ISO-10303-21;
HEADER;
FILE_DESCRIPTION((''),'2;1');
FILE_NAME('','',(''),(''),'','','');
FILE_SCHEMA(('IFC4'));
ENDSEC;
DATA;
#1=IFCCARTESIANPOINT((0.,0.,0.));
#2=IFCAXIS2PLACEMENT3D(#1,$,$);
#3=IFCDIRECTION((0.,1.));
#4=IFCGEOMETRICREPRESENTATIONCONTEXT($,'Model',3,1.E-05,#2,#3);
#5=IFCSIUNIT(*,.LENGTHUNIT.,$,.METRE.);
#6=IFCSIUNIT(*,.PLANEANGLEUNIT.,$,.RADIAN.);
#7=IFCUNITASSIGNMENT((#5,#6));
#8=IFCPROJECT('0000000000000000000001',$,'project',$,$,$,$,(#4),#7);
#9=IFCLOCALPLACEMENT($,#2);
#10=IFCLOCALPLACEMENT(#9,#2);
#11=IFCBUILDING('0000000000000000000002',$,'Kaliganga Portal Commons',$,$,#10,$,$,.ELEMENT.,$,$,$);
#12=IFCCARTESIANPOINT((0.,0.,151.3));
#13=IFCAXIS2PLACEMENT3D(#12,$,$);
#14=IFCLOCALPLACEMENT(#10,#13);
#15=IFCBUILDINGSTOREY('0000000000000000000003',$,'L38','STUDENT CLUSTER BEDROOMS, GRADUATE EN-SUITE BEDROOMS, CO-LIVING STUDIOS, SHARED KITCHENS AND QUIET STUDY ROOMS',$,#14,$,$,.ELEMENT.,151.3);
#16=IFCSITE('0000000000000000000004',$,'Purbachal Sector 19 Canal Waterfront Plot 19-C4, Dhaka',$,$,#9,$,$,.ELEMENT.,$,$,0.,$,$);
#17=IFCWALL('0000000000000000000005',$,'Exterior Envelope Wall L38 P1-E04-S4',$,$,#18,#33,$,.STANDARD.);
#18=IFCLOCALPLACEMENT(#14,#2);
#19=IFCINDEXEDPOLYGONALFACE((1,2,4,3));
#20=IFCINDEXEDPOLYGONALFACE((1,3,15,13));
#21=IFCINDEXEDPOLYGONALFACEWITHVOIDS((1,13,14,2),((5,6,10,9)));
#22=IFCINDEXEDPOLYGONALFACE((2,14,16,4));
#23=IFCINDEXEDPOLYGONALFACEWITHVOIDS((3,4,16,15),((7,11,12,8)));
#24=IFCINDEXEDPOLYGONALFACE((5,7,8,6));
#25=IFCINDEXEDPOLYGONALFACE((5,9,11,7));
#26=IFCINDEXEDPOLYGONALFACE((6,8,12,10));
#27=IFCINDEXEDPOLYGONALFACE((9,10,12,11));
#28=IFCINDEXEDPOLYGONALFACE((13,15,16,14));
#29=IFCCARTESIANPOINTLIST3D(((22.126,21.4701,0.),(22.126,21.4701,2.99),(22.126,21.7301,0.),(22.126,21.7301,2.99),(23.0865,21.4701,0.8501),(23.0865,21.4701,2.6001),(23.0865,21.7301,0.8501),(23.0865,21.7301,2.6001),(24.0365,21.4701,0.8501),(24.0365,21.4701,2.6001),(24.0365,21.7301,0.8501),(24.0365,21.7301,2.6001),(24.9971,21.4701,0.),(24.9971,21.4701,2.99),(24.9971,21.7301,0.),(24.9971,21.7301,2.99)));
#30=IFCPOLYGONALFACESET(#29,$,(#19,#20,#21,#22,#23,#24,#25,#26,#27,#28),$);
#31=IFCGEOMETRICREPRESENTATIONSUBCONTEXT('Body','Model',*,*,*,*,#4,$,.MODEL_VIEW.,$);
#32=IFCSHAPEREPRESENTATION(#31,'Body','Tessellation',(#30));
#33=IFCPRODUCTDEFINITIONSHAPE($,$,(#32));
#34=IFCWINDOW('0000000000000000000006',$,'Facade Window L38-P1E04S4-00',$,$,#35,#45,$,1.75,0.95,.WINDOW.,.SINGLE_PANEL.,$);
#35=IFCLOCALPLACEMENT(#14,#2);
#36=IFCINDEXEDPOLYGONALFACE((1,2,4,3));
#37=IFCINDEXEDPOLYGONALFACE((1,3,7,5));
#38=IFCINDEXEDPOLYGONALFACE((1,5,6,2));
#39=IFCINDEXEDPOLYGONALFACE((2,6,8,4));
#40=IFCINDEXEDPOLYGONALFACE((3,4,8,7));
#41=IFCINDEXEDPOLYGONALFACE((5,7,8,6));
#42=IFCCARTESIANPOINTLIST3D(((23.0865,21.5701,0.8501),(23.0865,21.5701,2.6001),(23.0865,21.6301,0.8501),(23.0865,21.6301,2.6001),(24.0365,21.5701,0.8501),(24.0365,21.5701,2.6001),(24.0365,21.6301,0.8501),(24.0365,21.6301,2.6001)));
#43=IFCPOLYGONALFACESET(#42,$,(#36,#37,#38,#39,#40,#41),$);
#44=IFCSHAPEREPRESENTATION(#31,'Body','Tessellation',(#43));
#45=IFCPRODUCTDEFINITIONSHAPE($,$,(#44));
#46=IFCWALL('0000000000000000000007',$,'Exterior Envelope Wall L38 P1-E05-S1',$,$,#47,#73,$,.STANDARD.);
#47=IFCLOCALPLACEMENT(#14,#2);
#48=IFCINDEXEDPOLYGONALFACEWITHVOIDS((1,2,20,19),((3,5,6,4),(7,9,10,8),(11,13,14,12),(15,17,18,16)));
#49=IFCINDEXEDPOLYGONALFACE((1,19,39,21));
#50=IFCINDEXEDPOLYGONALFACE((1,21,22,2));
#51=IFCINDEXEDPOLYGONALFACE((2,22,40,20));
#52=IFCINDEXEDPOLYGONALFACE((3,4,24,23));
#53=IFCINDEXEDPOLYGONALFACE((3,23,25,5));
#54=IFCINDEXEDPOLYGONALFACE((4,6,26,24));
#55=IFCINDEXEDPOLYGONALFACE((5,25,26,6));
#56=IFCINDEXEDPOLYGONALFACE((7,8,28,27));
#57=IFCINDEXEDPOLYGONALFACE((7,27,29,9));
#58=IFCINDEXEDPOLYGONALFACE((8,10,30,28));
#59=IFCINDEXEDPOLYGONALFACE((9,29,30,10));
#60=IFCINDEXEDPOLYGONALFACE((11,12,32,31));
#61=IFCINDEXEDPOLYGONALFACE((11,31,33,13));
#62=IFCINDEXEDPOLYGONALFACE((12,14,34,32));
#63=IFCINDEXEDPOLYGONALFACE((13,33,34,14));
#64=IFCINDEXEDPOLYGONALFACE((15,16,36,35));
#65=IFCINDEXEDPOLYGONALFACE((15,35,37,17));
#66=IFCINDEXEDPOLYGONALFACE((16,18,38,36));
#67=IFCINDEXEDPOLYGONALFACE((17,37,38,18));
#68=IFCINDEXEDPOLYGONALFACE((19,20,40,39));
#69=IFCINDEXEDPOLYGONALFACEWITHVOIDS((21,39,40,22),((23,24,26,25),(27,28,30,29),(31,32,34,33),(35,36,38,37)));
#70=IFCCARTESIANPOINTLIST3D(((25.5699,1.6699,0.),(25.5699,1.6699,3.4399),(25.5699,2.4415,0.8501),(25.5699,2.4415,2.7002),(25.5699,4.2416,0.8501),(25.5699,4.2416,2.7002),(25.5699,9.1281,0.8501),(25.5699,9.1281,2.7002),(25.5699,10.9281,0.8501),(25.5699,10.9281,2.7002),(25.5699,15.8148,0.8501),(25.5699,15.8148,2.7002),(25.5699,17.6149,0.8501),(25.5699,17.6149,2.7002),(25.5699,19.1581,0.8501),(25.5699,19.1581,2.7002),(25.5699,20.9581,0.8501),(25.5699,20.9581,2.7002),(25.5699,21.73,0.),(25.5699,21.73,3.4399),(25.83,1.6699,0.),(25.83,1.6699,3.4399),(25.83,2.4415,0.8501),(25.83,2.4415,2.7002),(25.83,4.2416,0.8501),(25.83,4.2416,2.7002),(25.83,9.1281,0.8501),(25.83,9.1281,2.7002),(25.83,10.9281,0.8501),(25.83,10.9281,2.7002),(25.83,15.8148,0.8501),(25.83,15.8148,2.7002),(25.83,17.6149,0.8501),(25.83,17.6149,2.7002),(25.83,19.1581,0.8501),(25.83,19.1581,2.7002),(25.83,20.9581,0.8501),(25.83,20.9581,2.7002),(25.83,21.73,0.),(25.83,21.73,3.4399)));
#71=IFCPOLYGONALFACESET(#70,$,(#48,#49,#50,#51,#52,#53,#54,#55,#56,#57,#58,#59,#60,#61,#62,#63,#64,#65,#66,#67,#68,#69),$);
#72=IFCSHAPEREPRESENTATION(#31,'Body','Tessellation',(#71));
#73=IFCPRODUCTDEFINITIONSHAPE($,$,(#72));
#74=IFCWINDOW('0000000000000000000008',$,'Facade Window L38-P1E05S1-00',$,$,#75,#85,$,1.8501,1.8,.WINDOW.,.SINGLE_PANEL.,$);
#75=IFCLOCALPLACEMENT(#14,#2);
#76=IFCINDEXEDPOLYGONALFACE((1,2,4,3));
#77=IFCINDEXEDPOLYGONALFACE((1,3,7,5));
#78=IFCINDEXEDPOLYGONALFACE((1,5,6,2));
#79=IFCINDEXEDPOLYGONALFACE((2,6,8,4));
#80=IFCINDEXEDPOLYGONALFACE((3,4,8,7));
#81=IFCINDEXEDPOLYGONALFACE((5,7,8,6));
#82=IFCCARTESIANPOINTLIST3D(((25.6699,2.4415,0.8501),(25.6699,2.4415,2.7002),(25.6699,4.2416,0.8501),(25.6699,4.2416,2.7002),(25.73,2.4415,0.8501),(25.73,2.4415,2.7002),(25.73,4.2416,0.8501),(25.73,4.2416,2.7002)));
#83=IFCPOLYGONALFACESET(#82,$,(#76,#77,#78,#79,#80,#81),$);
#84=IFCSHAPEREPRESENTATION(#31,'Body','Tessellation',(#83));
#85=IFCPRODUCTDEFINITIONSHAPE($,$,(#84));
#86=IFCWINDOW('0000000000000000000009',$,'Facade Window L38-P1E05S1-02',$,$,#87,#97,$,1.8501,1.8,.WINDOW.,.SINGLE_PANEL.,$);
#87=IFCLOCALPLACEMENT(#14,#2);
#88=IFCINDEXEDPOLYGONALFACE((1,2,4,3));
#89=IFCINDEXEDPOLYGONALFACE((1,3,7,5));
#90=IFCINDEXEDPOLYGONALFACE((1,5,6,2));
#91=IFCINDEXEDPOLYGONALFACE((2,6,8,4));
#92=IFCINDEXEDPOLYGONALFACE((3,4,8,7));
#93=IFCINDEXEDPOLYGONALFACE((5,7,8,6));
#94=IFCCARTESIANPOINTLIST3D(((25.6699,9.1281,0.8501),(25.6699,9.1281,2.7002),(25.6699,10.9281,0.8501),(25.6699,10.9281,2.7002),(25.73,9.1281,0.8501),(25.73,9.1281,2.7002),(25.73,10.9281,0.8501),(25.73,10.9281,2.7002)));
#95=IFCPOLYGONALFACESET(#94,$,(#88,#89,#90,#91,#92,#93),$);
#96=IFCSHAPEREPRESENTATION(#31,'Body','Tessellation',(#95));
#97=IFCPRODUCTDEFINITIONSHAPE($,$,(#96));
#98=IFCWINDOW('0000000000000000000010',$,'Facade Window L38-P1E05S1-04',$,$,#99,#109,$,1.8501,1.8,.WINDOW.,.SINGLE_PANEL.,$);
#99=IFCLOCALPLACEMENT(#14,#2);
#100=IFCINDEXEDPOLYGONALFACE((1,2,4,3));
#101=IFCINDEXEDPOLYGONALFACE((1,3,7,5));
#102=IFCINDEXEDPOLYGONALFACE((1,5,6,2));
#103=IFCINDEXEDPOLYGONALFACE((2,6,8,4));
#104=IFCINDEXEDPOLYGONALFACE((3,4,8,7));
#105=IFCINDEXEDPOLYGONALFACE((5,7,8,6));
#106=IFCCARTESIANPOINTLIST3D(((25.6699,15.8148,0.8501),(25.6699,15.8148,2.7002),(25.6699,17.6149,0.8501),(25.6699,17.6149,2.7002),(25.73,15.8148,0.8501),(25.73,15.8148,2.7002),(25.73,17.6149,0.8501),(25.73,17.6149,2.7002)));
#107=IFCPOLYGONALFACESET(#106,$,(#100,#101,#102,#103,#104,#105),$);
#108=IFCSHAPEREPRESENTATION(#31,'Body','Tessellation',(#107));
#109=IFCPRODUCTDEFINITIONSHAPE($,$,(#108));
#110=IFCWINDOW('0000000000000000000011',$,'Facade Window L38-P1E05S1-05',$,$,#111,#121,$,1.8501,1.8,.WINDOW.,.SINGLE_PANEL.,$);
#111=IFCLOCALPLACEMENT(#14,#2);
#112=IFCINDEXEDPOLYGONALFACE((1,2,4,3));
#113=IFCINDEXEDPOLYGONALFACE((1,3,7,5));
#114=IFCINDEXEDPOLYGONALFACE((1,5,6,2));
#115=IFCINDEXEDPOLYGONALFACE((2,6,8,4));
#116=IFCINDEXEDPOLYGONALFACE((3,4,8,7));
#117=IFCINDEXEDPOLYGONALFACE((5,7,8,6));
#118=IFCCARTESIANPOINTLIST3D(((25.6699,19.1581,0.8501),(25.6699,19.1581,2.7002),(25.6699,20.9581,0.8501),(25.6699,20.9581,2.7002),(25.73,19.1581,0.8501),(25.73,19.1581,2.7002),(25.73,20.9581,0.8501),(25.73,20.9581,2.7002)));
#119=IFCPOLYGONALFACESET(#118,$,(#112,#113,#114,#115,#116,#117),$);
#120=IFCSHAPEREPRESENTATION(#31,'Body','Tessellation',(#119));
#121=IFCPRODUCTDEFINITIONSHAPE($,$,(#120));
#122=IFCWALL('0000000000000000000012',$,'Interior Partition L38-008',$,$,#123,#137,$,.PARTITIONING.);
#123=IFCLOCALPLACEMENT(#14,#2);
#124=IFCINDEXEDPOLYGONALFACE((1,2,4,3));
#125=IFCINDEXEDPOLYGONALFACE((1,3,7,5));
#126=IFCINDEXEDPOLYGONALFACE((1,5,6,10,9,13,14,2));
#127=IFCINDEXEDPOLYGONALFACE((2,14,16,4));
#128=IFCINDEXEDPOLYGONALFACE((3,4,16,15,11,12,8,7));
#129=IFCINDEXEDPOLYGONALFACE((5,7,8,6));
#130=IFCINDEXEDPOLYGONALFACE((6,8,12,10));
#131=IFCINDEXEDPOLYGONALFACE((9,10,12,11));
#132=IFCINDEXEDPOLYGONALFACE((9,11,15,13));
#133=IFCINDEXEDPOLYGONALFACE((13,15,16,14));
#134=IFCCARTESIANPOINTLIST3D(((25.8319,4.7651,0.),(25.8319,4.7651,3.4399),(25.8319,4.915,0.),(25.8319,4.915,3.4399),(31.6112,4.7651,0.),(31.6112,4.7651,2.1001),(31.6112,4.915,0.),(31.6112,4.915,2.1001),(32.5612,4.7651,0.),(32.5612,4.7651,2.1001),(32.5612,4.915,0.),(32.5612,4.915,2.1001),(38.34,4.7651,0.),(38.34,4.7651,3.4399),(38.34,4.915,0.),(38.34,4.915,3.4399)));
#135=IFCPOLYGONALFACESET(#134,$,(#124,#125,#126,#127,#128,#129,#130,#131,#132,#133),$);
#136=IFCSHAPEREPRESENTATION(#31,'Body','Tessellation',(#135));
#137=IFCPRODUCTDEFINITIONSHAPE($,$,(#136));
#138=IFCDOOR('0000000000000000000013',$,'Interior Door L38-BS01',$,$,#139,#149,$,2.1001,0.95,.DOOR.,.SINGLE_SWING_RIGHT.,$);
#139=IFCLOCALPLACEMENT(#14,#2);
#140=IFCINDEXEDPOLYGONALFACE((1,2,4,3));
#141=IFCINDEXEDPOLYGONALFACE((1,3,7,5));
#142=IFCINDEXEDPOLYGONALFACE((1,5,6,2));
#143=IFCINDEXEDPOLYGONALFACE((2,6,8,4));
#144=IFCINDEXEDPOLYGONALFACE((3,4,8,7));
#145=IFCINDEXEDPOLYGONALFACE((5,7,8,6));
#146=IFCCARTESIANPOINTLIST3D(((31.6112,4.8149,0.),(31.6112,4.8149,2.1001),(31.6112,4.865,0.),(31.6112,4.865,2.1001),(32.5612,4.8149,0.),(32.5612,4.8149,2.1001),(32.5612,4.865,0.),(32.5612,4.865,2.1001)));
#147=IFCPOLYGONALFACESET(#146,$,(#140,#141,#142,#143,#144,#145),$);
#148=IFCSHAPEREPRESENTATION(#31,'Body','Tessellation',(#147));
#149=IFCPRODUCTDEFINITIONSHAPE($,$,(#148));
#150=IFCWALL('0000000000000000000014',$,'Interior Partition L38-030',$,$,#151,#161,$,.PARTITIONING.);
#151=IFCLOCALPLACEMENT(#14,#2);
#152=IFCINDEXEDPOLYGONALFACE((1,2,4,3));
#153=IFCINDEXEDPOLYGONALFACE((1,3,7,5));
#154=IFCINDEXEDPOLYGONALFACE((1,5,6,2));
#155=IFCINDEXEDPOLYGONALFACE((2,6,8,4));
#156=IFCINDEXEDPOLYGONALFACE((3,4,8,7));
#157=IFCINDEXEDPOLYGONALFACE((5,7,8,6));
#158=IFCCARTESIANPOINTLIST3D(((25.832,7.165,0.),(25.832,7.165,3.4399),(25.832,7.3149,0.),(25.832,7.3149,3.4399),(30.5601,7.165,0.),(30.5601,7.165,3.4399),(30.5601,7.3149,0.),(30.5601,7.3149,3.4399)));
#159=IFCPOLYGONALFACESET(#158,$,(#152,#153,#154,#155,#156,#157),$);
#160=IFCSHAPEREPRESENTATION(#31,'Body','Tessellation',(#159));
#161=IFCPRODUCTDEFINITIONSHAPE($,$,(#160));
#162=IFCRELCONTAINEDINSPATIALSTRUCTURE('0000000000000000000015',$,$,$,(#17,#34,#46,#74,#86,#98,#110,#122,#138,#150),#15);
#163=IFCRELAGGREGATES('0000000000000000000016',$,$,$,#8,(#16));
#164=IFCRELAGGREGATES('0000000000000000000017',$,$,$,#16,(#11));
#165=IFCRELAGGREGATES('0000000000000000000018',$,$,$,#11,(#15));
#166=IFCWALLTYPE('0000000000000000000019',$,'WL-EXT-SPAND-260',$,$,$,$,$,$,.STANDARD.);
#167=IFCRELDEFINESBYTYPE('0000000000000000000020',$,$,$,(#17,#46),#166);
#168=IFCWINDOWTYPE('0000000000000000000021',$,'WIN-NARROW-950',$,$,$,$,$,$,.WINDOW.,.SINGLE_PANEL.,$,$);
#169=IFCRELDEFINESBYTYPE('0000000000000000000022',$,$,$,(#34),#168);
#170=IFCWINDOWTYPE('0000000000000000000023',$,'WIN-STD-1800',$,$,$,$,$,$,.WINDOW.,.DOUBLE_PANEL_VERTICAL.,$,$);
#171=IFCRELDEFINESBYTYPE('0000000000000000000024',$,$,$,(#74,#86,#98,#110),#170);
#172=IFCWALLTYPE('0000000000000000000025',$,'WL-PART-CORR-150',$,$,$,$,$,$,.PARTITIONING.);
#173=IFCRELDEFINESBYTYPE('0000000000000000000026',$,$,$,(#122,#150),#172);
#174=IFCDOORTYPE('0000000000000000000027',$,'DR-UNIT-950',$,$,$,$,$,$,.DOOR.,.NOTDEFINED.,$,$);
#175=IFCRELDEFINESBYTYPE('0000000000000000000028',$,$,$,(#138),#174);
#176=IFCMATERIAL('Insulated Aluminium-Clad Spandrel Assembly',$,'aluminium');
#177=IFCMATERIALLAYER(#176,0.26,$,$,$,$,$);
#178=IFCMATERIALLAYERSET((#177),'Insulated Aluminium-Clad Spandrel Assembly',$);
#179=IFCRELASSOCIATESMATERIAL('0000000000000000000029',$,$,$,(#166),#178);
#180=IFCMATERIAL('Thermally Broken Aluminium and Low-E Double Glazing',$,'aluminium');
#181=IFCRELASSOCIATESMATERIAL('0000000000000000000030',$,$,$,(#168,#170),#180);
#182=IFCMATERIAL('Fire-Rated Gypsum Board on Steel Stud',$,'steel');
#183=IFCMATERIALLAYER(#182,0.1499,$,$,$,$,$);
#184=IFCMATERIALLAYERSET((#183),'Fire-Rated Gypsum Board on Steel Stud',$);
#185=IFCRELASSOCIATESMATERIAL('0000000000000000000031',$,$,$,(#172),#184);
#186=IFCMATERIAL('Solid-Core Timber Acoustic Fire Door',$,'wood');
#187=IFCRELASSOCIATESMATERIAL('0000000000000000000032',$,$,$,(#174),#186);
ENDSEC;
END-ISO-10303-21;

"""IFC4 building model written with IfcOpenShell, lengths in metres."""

from ifc_helpers import new_model, si_unit, direction, frame, frame_2d, origin, place, context, subcontext, project, spatial, rectangle, extrude, material, layer, layer_set, type_object, element, fill, save


model = new_model("IFC4")

# Units and contexts
model_context = context("Model", 3, precision=1e-05, world=origin(), true_north=direction((0.0, 1.0)))
body_context = subcontext(model_context, "Body", "Model", "MODEL_VIEW")
ifc_project = project(units=[si_unit("LENGTHUNIT", "METRE"), si_unit("PLANEANGLEUNIT", "RADIAN")], contexts=[model_context])

# Site, building, storey
site_placement = place(None, origin())
site = spatial("IfcSite", under=ifc_project, at=site_placement, Name="Purbachal Sector 19 Canal Waterfront Plot 19-C4, Dhaka", CompositionType="ELEMENT", RefElevation=0.0)
building_placement = place(site_placement, origin())
building = spatial("IfcBuilding", under=site, at=building_placement, Name="Kaliganga Portal Commons", CompositionType="ELEMENT")
storey_placement = place(building_placement, frame((0.0, 0.0, 151.3)))
storey = spatial("IfcBuildingStorey", under=building, at=storey_placement, Name="L38", Description="STUDENT CLUSTER BEDROOMS, GRADUATE EN-SUITE BEDROOMS, CO-LIVING STUDIOS, SHARED KITCHENS AND QUIET STUDY ROOMS", CompositionType="ELEMENT", Elevation=151.3)

# Wall, opening, window
ifc_material_1 = material(Name="Insulated Aluminium-Clad Spandrel Assembly", Category="aluminium")
ifc_layer_1 = layer(ifc_material_1, 0.26)
ifc_layer_set_1 = layer_set([ifc_layer_1], Name="Insulated Aluminium-Clad Spandrel Assembly")
wall_type_1 = type_object("IfcWallType", Name="WL-EXT-SPAND-260", PredefinedType="STANDARD", material=ifc_layer_set_1)
ifc_material_2 = material(Name="Thermally Broken Aluminium and Low-E Double Glazing", Category="aluminium")
window_type_1 = type_object("IfcWindowType", Name="WIN-NARROW-950", PartitioningType="SINGLE_PANEL", PredefinedType="WINDOW", material=ifc_material_2)
wall_1_placement = place(storey_placement, frame((24.9971, 21.6001, 0.0), z_axis=(0.0, 0.0, 1.0), x_axis=(-1.0, 0.0, 0.0)))
wall_1 = element("IfcWall", 1, at=wall_1_placement, inside=storey, type_object=wall_type_1, Name="Exterior Envelope Wall L38 P1-E04-S4", PredefinedType="STANDARD", context=body_context, shape_type="SweptSolid", body=[
    extrude(rectangle(XDim=2.8711, YDim=0.26, at=frame_2d((1.4355, 0.0))), origin(), (0.0, 0.0, 1.0), 2.99),
])
opening_1_placement = place(wall_1_placement, frame((0.9604, 0.0, 0.8501)))
opening_1 = element("IfcOpeningElement", 2, at=opening_1_placement, cuts=wall_1, PredefinedType="OPENING", context=body_context, shape_type="SweptSolid", body=[
    extrude(rectangle(XDim=0.95, YDim=1.75, at=frame_2d((0.4751, 0.875))), frame((0.0, 0.1401, 0.0), z_axis=(0.0, -1.0, 0.0), x_axis=(1.0, 0.0, 0.0)), (0.0, 0.0, 1.0), 0.28),
])
window_1_placement = place(opening_1_placement, origin())
window_1 = element("IfcWindow", 3, at=window_1_placement, inside=storey, type_object=window_type_1, Name="Facade Window L38-P1E04S4-00", OverallHeight=1.75, OverallWidth=0.95, PartitioningType="SINGLE_PANEL", PredefinedType="WINDOW", context=body_context, shape_type="SweptSolid", body=[
    extrude(rectangle(XDim=0.95, YDim=1.75, at=frame_2d((0.4751, 0.875))), frame((0.0, 0.03, 0.0), z_axis=(0.0, -1.0, 0.0), x_axis=(1.0, 0.0, 0.0)), (0.0, 0.0, 1.0), 0.0601),
])
fill(opening_1, window_1)

# Wall, openings, windows
wall_2_placement = place(storey_placement, frame((25.7, 1.6699, 0.0), z_axis=(0.0, 0.0, 1.0), x_axis=(0.0, 1.0, 0.0)))
wall_2 = element("IfcWall", 4, at=wall_2_placement, inside=storey, type_object=wall_type_1, Name="Exterior Envelope Wall L38 P1-E05-S1", PredefinedType="STANDARD", context=body_context, shape_type="SweptSolid", body=[
    extrude(rectangle(XDim=20.0601, YDim=0.26, at=frame_2d((10.03, 0.0))), origin(), (0.0, 0.0, 1.0), 3.4399),
])
opening_2_placement = place(wall_2_placement, frame((0.7717, 0.0, 0.8501)))
opening_2 = element("IfcOpeningElement", 5, at=opening_2_placement, cuts=wall_2, PredefinedType="OPENING", context=body_context, shape_type="SweptSolid", body=[
    extrude(rectangle(XDim=1.8, YDim=1.8501, at=frame_2d((0.8999, 0.925))), frame((0.0, 0.1401, 0.0), z_axis=(0.0, -1.0, 0.0), x_axis=(1.0, 0.0, 0.0)), (0.0, 0.0, 1.0), 0.28),
])
opening_3_placement = place(wall_2_placement, frame((7.4583, 0.0, 0.8501)))
opening_3 = element("IfcOpeningElement", 6, at=opening_3_placement, cuts=wall_2, PredefinedType="OPENING", context=body_context, shape_type="SweptSolid", body=[
    extrude(rectangle(XDim=1.8, YDim=1.8501, at=frame_2d((0.8999, 0.925))), frame((0.0, 0.1401, 0.0), z_axis=(0.0, -1.0, 0.0), x_axis=(1.0, 0.0, 0.0)), (0.0, 0.0, 1.0), 0.28),
])
opening_4_placement = place(wall_2_placement, frame((14.145, 0.0, 0.8501)))
opening_4 = element("IfcOpeningElement", 7, at=opening_4_placement, cuts=wall_2, PredefinedType="OPENING", context=body_context, shape_type="SweptSolid", body=[
    extrude(rectangle(XDim=1.8, YDim=1.8501, at=frame_2d((0.8999, 0.925))), frame((0.0, 0.1401, 0.0), z_axis=(0.0, -1.0, 0.0), x_axis=(1.0, 0.0, 0.0)), (0.0, 0.0, 1.0), 0.28),
])
opening_5_placement = place(wall_2_placement, frame((17.4883, 0.0, 0.8501)))
opening_5 = element("IfcOpeningElement", 8, at=opening_5_placement, cuts=wall_2, PredefinedType="OPENING", context=body_context, shape_type="SweptSolid", body=[
    extrude(rectangle(XDim=1.8, YDim=1.8501, at=frame_2d((0.8999, 0.925))), frame((0.0, 0.1401, 0.0), z_axis=(0.0, -1.0, 0.0), x_axis=(1.0, 0.0, 0.0)), (0.0, 0.0, 1.0), 0.28),
])
window_type_2 = type_object("IfcWindowType", Name="WIN-STD-1800", PartitioningType="DOUBLE_PANEL_VERTICAL", PredefinedType="WINDOW", material=ifc_material_2)
window_2_placement = place(opening_2_placement, origin())
window_2 = element("IfcWindow", 9, at=window_2_placement, inside=storey, type_object=window_type_2, Name="Facade Window L38-P1E05S1-00", OverallHeight=1.8501, OverallWidth=1.8, PartitioningType="SINGLE_PANEL", PredefinedType="WINDOW", context=body_context, shape_type="SweptSolid", body=[
    extrude(rectangle(XDim=1.8, YDim=1.8501, at=frame_2d((0.8999, 0.925))), frame((0.0, 0.03, 0.0), z_axis=(0.0, -1.0, 0.0), x_axis=(1.0, 0.0, 0.0)), (0.0, 0.0, 1.0), 0.0601),
])
fill(opening_2, window_2)
window_3_placement = place(opening_3_placement, origin())
window_3 = element("IfcWindow", 10, at=window_3_placement, inside=storey, type_object=window_type_2, Name="Facade Window L38-P1E05S1-02", OverallHeight=1.8501, OverallWidth=1.8, PartitioningType="SINGLE_PANEL", PredefinedType="WINDOW", context=body_context, shape_type="SweptSolid", body=[
    extrude(rectangle(XDim=1.8, YDim=1.8501, at=frame_2d((0.8999, 0.925))), frame((0.0, 0.03, 0.0), z_axis=(0.0, -1.0, 0.0), x_axis=(1.0, 0.0, 0.0)), (0.0, 0.0, 1.0), 0.0601),
])
fill(opening_3, window_3)
window_4_placement = place(opening_4_placement, origin())
window_4 = element("IfcWindow", 11, at=window_4_placement, inside=storey, type_object=window_type_2, Name="Facade Window L38-P1E05S1-04", OverallHeight=1.8501, OverallWidth=1.8, PartitioningType="SINGLE_PANEL", PredefinedType="WINDOW", context=body_context, shape_type="SweptSolid", body=[
    extrude(rectangle(XDim=1.8, YDim=1.8501, at=frame_2d((0.8999, 0.925))), frame((0.0, 0.03, 0.0), z_axis=(0.0, -1.0, 0.0), x_axis=(1.0, 0.0, 0.0)), (0.0, 0.0, 1.0), 0.0601),
])
fill(opening_4, window_4)
window_5_placement = place(opening_5_placement, origin())
window_5 = element("IfcWindow", 12, at=window_5_placement, inside=storey, type_object=window_type_2, Name="Facade Window L38-P1E05S1-05", OverallHeight=1.8501, OverallWidth=1.8, PartitioningType="SINGLE_PANEL", PredefinedType="WINDOW", context=body_context, shape_type="SweptSolid", body=[
    extrude(rectangle(XDim=1.8, YDim=1.8501, at=frame_2d((0.8999, 0.925))), frame((0.0, 0.03, 0.0), z_axis=(0.0, -1.0, 0.0), x_axis=(1.0, 0.0, 0.0)), (0.0, 0.0, 1.0), 0.0601),
])
fill(opening_5, window_5)

# Wall, opening, door
ifc_material_3 = material(Name="Fire-Rated Gypsum Board on Steel Stud", Category="steel")
ifc_layer_2 = layer(ifc_material_3, 0.1499)
ifc_layer_set_2 = layer_set([ifc_layer_2], Name="Fire-Rated Gypsum Board on Steel Stud")
wall_type_2 = type_object("IfcWallType", Name="WL-PART-CORR-150", PredefinedType="PARTITIONING", material=ifc_layer_set_2)
wall_3_placement = place(storey_placement, frame((25.832, 4.8401, 0.0), z_axis=(0.0, 0.0, 1.0), x_axis=(1.0, 0.0, 0.0)))
wall_3 = element("IfcWall", 13, at=wall_3_placement, inside=storey, type_object=wall_type_2, Name="Interior Partition L38-008", PredefinedType="PARTITIONING", context=body_context, shape_type="SweptSolid", body=[
    extrude(rectangle(XDim=12.5081, YDim=0.1499, at=frame_2d((6.2539, 0.0))), origin(), (0.0, 0.0, 1.0), 3.4399),
])
opening_6_placement = place(wall_3_placement, frame((5.7791, 0.0, 0.0)))
opening_6 = element("IfcOpeningElement", 14, at=opening_6_placement, cuts=wall_3, PredefinedType="OPENING", context=body_context, shape_type="SweptSolid", body=[
    extrude(rectangle(XDim=0.95, YDim=2.1001, at=frame_2d((0.4751, 1.05))), frame((0.0, 0.085, 0.0), z_axis=(0.0, -1.0, 0.0), x_axis=(1.0, 0.0, 0.0)), (0.0, 0.0, 1.0), 0.1699),
])
ifc_material_4 = material(Name="Solid-Core Timber Acoustic Fire Door", Category="wood")
door_type = type_object("IfcDoorType", Name="DR-UNIT-950", OperationType="NOTDEFINED", PredefinedType="DOOR", material=ifc_material_4)
door_placement = place(opening_6_placement, origin())
door = element("IfcDoor", 15, at=door_placement, inside=storey, type_object=door_type, Name="Interior Door L38-BS01", OperationType="SINGLE_SWING_RIGHT", OverallHeight=2.1001, OverallWidth=0.95, PredefinedType="DOOR", context=body_context, shape_type="SweptSolid", body=[
    extrude(rectangle(XDim=0.95, YDim=2.1001, at=frame_2d((0.4751, 1.05))), frame((0.0, 0.0249, 0.0), z_axis=(0.0, -1.0, 0.0), x_axis=(1.0, 0.0, 0.0)), (0.0, 0.0, 1.0), 0.05),
])
fill(opening_6, door)

# Wall
wall_4_placement = place(storey_placement, frame((25.832, 7.24, 0.0), z_axis=(0.0, 0.0, 1.0), x_axis=(1.0, 0.0, 0.0)))
element("IfcWall", 16, at=wall_4_placement, inside=storey, type_object=wall_type_2, Name="Interior Partition L38-030", PredefinedType="PARTITIONING", context=body_context, shape_type="SweptSolid", body=[
    extrude(rectangle(XDim=4.728, YDim=0.1499, at=frame_2d((2.364, 0.0))), origin(), (0.0, 0.0, 1.0), 3.4399),
])

save(model, "model.ifc")
